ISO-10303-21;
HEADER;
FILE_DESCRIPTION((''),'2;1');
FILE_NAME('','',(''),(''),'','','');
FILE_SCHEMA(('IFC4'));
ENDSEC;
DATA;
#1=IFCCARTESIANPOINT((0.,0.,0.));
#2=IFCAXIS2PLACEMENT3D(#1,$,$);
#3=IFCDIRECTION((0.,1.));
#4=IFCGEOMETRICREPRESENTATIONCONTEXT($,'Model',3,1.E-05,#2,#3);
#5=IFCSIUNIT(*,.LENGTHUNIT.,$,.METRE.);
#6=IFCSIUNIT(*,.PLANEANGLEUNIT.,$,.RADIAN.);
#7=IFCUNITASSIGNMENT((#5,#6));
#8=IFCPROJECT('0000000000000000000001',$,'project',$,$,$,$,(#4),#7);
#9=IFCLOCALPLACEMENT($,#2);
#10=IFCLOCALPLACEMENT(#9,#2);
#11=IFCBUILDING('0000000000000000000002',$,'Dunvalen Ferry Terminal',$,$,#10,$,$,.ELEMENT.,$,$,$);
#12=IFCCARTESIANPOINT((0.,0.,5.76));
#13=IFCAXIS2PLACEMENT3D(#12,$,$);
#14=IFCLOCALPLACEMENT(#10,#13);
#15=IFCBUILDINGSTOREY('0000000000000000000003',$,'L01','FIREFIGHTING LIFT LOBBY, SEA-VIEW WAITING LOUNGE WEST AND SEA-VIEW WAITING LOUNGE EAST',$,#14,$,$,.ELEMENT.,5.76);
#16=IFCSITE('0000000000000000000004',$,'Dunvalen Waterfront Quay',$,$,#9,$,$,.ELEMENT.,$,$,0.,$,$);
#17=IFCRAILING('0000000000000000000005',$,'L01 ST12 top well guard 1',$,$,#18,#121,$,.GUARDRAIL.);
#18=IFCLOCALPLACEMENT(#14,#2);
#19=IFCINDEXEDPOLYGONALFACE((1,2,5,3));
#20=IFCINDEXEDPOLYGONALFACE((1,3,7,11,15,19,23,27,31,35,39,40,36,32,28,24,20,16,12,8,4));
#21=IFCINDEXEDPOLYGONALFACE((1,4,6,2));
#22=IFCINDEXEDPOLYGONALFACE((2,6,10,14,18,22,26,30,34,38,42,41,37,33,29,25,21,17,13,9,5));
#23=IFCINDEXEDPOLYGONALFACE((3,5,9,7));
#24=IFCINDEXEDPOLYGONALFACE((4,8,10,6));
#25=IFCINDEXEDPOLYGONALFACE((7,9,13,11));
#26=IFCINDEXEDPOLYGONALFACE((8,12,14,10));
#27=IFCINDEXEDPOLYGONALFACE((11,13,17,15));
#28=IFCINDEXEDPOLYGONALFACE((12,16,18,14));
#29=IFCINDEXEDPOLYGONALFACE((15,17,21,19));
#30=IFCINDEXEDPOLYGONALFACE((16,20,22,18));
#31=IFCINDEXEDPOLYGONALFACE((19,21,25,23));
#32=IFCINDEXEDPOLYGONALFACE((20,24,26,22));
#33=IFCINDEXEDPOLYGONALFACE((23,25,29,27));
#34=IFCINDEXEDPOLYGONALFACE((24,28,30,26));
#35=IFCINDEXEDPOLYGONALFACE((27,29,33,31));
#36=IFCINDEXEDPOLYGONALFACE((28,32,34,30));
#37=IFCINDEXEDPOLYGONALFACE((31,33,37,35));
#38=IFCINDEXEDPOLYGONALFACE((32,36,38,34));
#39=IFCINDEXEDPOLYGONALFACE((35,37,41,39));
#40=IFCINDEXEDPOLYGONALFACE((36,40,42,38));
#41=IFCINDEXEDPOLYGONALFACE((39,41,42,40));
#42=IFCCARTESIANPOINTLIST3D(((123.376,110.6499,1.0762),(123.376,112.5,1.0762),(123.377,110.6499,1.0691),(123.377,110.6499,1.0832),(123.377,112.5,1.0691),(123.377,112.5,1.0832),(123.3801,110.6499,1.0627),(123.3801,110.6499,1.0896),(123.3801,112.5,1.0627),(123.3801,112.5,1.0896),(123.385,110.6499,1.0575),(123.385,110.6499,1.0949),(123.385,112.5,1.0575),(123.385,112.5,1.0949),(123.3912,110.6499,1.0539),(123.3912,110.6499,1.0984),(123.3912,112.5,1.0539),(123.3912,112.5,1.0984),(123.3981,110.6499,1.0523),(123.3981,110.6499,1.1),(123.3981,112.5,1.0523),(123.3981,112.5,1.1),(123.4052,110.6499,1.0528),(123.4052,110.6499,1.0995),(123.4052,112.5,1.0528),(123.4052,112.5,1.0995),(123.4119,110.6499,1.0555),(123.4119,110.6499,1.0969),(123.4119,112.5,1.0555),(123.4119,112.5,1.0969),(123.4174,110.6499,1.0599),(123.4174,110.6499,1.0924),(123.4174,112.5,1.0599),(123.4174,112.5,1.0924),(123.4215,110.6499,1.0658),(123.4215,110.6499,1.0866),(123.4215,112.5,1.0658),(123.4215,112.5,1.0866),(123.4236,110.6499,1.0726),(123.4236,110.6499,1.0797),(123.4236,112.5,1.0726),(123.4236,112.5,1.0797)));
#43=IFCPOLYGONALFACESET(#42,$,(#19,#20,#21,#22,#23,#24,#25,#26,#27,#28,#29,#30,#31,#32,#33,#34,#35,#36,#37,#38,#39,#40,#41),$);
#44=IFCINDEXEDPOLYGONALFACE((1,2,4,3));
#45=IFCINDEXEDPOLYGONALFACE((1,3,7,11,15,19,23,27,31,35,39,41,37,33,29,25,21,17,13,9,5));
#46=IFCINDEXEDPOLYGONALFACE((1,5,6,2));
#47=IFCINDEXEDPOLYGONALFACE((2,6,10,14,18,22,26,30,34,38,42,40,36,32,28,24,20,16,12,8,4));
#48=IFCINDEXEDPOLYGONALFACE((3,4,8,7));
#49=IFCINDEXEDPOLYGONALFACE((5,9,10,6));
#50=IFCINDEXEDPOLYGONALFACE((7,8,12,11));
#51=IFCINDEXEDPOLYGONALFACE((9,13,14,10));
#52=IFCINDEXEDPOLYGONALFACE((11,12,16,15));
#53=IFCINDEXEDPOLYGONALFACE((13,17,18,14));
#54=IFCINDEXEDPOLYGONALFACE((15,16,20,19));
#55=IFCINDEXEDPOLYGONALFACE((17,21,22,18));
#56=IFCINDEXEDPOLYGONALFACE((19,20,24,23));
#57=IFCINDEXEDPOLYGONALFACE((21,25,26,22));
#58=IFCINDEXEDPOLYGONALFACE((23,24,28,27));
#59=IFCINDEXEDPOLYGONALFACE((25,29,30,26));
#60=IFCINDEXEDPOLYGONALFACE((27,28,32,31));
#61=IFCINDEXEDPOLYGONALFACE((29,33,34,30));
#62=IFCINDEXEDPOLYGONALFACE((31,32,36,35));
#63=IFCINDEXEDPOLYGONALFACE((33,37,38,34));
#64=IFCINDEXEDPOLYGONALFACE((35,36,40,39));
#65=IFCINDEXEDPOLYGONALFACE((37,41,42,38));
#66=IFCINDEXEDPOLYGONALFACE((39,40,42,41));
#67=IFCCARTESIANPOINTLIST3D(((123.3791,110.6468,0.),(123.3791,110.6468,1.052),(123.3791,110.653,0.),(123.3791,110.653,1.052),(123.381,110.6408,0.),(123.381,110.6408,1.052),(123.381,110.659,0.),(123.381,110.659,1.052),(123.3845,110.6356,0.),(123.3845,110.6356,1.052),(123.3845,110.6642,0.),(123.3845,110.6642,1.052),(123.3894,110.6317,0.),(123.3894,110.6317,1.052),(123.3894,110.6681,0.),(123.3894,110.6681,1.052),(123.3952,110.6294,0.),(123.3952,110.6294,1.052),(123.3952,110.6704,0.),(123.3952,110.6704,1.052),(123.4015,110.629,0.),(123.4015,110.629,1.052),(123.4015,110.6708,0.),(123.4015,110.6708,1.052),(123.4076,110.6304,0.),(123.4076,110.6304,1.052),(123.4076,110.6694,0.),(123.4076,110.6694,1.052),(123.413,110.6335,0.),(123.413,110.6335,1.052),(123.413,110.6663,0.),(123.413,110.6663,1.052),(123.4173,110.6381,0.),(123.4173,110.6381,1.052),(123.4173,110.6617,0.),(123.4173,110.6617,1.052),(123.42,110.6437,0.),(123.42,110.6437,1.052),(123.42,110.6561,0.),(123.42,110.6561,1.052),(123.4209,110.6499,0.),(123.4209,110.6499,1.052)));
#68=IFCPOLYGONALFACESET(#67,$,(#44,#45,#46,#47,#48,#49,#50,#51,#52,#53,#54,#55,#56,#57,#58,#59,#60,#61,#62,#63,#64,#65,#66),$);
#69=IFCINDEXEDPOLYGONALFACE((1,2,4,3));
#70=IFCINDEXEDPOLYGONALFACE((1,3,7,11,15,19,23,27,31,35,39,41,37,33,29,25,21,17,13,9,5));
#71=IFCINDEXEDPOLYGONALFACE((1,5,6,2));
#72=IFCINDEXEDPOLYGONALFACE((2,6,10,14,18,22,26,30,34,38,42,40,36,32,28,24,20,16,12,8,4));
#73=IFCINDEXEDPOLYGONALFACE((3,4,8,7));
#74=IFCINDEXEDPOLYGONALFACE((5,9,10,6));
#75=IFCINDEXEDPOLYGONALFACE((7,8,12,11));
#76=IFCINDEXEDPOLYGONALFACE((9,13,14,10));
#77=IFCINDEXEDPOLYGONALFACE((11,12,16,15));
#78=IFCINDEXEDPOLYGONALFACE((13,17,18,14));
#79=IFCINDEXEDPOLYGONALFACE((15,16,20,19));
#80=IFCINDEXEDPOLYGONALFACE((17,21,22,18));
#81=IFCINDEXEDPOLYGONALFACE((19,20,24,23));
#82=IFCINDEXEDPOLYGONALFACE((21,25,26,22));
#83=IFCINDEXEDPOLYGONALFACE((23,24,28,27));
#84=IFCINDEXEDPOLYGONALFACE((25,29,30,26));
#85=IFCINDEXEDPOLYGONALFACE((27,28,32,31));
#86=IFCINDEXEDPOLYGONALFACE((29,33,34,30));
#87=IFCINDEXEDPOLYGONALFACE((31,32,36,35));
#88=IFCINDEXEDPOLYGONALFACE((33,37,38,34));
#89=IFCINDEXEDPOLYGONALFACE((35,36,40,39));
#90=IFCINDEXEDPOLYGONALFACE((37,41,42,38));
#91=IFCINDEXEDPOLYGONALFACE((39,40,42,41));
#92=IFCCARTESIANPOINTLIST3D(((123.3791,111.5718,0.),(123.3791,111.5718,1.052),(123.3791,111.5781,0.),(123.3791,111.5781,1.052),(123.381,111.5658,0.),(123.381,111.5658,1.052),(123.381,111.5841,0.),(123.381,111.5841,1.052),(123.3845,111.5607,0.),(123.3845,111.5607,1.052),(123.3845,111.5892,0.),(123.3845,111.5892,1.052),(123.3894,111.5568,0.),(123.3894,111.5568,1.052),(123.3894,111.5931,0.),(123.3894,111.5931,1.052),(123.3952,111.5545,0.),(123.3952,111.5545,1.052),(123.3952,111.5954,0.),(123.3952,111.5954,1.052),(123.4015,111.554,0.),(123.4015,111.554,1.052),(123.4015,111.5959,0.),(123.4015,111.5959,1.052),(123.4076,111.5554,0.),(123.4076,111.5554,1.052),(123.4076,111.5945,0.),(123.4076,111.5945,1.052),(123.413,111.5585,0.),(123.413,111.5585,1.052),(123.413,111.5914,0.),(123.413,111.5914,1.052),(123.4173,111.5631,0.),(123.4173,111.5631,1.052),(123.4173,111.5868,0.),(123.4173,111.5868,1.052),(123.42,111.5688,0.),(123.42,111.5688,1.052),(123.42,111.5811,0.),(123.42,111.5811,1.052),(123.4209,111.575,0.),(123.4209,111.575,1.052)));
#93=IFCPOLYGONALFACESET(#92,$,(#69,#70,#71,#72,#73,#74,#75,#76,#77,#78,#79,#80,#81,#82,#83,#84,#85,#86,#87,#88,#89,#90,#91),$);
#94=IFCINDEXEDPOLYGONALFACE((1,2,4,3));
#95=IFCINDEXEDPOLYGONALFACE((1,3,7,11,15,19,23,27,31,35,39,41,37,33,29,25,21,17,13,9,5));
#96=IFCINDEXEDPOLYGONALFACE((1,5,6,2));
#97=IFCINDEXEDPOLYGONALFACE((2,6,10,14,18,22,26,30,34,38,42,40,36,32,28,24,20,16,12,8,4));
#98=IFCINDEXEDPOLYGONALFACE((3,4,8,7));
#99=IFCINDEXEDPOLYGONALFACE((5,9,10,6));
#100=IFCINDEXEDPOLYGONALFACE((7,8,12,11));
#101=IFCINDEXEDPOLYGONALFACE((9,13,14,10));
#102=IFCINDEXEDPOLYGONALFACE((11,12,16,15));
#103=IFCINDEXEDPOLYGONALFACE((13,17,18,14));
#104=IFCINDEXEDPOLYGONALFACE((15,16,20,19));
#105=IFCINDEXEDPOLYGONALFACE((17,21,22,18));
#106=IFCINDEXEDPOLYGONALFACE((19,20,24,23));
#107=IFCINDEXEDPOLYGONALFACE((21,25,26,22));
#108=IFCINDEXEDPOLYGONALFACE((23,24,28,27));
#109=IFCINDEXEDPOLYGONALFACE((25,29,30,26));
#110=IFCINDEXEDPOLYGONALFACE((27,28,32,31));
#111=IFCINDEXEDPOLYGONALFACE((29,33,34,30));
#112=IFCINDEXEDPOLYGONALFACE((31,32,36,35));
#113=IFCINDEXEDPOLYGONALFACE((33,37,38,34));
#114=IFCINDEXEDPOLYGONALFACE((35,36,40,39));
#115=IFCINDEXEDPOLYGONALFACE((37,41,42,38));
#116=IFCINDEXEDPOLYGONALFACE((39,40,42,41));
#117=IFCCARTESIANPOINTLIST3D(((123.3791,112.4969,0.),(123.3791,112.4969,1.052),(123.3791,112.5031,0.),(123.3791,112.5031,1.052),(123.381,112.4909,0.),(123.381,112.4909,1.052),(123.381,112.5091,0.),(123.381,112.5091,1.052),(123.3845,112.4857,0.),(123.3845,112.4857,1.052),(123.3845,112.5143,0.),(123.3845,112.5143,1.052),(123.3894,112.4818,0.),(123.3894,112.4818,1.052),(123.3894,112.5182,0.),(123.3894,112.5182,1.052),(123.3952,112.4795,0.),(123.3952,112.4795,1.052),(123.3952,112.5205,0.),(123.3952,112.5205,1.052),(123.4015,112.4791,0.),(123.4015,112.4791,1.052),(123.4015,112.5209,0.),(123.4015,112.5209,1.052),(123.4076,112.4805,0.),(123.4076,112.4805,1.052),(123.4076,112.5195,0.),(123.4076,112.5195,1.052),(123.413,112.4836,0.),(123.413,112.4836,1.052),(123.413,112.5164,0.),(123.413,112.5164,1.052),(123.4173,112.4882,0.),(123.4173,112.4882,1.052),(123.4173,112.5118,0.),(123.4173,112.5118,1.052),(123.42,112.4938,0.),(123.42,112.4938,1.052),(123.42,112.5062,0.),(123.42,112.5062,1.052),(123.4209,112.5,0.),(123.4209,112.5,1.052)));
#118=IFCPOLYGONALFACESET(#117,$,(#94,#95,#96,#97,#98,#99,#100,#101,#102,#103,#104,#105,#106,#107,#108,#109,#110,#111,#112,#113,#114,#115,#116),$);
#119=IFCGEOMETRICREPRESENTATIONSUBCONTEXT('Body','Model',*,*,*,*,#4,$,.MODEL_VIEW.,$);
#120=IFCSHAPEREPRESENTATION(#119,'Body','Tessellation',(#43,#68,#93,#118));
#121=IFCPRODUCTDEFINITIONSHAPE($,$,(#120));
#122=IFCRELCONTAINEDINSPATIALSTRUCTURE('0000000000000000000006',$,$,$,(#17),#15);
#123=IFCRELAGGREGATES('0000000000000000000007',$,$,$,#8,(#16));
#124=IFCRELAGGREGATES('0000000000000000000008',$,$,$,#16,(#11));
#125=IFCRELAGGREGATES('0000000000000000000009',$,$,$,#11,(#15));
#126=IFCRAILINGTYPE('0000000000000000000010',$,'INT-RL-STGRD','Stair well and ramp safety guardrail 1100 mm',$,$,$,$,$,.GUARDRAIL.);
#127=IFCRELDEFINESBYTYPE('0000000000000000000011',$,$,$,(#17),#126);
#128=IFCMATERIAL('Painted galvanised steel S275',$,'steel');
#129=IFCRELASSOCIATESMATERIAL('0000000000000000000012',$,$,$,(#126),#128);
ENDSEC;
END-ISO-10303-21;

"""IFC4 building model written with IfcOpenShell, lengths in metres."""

from ifc_helpers import new_model, si_unit, direction, frame, origin, origin_2d, place, context, subcontext, project, spatial, circle, extrude, material, type_object, element, save


model = new_model("IFC4")

# Units and contexts
model_context = context("Model", 3, precision=1e-05, world=origin(), true_north=direction((0.0, 1.0)))
body_context = subcontext(model_context, "Body", "Model", "MODEL_VIEW")
ifc_project = project(units=[si_unit("LENGTHUNIT", "METRE"), si_unit("PLANEANGLEUNIT", "RADIAN")], contexts=[model_context])

# Site, building, storey
site_placement = place(None, origin())
site = spatial("IfcSite", under=ifc_project, at=site_placement, Name="Dunvalen Waterfront Quay", CompositionType="ELEMENT", RefElevation=0.0)
building_placement = place(site_placement, origin())
building = spatial("IfcBuilding", under=site, at=building_placement, Name="Dunvalen Ferry Terminal", CompositionType="ELEMENT")
storey_placement = place(building_placement, frame((0.0, 0.0, 5.76)))
storey = spatial("IfcBuildingStorey", under=building, at=storey_placement, Name="L01", Description="FIREFIGHTING LIFT LOBBY, SEA-VIEW WAITING LOUNGE WEST AND SEA-VIEW WAITING LOUNGE EAST", CompositionType="ELEMENT", Elevation=5.76)

# Railing
ifc_material_1 = material(Name="Painted galvanised steel S275", Category="steel")
railing_type = type_object("IfcRailingType", Name="INT-RL-STGRD", Description="Stair well and ramp safety guardrail 1100 mm", PredefinedType="GUARDRAIL", material=ifc_material_1)
railing_placement = place(storey_placement, frame((123.3999, 110.6499, 0.0)))
element("IfcRailing", 1, at=railing_placement, inside=storey, type_object=railing_type, Name="L01 ST12 top well guard 1", PredefinedType="GUARDRAIL", context=body_context, shape_type="SweptSolid", body=[
    extrude(circle(Radius=0.0239, at=origin_2d()), frame((0.0, 0.0, 1.0762), z_axis=(0.0, 1.0, 0.0), x_axis=(-1.0, 0.0, 0.0)), (0.0, 0.0, 1.0), 1.8501),
    extrude(circle(Radius=0.021, at=origin_2d()), origin(), (0.0, 0.0, 1.0), 1.052),
    extrude(circle(Radius=0.021, at=origin_2d()), frame((0.0, 0.925, 0.0)), (0.0, 0.0, 1.0), 1.052),
    extrude(circle(Radius=0.021, at=origin_2d()), frame((0.0, 1.8501, 0.0)), (0.0, 0.0, 1.0), 1.052),
])

save(model, "model.ifc")
